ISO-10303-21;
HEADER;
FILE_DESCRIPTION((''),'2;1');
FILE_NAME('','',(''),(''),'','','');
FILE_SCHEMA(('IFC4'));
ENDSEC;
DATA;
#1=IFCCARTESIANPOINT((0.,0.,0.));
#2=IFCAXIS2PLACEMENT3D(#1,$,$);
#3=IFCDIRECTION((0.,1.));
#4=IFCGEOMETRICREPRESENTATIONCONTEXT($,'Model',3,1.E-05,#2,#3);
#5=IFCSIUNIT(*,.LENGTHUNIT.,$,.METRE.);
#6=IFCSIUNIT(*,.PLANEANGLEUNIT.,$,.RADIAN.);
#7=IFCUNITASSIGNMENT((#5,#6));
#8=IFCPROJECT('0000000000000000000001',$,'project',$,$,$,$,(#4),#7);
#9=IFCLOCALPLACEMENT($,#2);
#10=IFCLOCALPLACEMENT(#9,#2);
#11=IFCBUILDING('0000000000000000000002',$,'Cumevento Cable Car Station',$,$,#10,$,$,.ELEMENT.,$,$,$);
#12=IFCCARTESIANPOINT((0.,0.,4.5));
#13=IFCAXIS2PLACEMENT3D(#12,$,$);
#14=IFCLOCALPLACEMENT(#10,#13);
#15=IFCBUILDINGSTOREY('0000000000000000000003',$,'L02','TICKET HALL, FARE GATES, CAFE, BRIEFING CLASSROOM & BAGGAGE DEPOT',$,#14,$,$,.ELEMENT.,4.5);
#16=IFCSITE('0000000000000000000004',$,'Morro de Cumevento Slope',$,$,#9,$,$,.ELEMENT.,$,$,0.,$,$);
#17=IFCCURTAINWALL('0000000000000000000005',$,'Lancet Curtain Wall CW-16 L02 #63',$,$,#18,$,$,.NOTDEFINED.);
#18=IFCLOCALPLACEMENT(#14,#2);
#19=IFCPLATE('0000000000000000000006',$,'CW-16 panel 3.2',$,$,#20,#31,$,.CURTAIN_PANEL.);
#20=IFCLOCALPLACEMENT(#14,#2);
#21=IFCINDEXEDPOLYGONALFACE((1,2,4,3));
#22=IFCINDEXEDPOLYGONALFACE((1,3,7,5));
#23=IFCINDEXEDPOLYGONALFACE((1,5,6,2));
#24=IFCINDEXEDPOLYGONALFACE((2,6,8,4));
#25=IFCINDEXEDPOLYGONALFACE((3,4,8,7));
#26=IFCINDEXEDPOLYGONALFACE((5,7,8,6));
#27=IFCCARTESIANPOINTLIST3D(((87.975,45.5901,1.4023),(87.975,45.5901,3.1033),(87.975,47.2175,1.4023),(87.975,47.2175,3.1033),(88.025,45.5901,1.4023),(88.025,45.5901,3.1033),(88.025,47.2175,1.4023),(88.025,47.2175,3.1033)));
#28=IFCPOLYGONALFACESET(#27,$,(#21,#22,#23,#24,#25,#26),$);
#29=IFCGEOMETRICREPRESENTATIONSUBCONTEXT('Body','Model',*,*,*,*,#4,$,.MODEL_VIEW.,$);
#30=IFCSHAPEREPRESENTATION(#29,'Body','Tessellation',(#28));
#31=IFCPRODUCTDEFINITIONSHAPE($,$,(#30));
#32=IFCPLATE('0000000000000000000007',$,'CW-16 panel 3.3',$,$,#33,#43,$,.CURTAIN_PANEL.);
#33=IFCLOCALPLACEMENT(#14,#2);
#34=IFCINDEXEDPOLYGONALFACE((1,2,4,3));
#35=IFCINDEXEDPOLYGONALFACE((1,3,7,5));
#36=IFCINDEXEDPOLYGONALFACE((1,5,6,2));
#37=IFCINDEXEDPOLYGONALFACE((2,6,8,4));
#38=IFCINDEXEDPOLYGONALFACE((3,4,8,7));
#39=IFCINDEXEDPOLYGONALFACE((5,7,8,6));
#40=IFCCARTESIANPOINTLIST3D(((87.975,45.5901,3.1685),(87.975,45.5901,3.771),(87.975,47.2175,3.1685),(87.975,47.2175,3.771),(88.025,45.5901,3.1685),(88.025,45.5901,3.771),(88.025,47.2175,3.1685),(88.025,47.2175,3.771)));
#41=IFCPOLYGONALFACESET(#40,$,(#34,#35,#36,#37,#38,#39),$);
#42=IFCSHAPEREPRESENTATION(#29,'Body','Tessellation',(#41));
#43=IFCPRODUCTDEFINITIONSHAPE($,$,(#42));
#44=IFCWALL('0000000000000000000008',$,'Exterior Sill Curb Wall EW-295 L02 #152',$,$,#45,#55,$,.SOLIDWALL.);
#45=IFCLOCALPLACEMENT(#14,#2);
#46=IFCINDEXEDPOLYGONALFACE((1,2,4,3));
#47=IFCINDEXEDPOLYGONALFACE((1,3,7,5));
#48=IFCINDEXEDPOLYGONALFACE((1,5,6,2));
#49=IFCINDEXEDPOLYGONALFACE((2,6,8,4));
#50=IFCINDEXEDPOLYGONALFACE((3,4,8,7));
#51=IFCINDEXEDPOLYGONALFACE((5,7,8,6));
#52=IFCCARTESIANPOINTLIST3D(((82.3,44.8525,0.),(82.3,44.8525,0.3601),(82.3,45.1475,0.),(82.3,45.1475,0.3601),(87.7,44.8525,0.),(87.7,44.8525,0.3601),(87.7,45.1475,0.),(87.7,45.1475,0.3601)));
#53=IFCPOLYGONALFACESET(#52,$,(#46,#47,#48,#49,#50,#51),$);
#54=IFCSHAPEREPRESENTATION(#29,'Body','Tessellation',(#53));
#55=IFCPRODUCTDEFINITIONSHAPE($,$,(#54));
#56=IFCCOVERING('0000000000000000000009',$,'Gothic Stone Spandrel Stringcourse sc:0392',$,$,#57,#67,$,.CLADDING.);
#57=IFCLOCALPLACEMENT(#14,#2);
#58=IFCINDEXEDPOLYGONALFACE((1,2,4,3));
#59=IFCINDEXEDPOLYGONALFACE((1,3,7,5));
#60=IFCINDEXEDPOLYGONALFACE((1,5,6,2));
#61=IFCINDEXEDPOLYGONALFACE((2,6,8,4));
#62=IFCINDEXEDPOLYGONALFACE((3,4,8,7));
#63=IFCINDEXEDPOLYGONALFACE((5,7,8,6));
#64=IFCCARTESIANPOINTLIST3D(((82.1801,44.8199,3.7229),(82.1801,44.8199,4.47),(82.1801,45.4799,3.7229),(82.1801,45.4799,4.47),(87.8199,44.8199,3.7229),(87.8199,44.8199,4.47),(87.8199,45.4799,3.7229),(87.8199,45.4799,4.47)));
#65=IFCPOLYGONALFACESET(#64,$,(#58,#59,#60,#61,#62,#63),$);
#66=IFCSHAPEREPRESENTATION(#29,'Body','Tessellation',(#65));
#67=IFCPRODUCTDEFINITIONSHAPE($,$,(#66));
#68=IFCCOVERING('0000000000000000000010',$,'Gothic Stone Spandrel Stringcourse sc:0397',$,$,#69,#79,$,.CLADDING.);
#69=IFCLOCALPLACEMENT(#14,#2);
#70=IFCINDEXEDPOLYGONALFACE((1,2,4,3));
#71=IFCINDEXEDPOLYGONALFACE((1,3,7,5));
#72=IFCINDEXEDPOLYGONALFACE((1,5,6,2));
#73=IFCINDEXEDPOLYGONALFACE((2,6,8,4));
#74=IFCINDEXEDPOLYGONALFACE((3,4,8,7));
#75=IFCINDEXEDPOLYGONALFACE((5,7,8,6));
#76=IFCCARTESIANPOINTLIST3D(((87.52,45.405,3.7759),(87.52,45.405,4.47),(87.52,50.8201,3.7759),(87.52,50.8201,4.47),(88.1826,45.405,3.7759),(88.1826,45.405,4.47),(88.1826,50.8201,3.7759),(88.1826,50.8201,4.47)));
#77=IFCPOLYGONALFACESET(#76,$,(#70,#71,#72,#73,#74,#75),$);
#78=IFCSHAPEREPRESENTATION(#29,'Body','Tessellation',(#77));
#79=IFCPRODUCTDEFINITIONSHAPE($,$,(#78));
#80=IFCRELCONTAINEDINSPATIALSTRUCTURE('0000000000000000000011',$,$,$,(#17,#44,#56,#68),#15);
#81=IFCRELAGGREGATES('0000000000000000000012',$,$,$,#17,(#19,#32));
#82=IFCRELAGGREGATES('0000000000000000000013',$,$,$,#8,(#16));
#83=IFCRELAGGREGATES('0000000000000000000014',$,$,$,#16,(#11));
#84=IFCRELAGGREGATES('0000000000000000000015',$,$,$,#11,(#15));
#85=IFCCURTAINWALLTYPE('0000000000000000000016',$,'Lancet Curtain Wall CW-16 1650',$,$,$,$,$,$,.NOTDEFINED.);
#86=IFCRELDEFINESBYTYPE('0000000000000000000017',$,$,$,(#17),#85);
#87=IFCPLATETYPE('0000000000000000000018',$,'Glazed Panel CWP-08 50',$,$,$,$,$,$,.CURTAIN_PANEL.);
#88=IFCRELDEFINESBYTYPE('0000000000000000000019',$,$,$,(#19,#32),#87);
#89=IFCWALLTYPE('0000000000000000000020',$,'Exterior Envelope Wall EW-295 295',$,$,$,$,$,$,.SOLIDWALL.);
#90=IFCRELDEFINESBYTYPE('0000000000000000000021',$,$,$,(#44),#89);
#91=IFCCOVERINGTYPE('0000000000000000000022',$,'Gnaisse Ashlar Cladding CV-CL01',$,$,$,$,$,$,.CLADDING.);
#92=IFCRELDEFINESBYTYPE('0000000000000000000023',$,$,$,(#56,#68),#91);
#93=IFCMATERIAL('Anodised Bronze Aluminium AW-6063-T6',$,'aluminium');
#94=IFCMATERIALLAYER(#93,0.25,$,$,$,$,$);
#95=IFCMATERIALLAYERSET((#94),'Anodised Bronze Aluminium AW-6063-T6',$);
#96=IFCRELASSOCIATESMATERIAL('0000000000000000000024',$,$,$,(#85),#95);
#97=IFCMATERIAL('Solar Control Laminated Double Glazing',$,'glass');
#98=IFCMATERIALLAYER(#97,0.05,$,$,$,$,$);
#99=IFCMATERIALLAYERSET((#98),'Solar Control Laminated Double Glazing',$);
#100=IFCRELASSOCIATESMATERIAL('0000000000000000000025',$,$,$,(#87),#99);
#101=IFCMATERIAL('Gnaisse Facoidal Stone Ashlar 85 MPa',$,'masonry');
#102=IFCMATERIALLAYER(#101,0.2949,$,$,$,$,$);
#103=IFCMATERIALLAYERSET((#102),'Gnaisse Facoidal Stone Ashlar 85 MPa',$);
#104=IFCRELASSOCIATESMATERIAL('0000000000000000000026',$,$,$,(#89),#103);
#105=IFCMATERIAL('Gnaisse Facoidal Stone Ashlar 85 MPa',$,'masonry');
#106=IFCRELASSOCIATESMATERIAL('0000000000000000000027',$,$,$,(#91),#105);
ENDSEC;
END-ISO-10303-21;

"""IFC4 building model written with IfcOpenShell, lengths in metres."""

from ifc_helpers import new_model, si_unit, direction, frame, frame_2d, origin, origin_2d, place, context, subcontext, project, spatial, rectangle, extrude, material, layer, layer_set, type_object, element, aggregate, save


model = new_model("IFC4")

# Units and contexts
model_context = context("Model", 3, precision=1e-05, world=origin(), true_north=direction((0.0, 1.0)))
body_context = subcontext(model_context, "Body", "Model", "MODEL_VIEW")
ifc_project = project(units=[si_unit("LENGTHUNIT", "METRE"), si_unit("PLANEANGLEUNIT", "RADIAN")], contexts=[model_context])

# Site, building, storey
site_placement = place(None, origin())
site = spatial("IfcSite", under=ifc_project, at=site_placement, Name="Morro de Cumevento Slope", CompositionType="ELEMENT", RefElevation=0.0)
building_placement = place(site_placement, origin())
building = spatial("IfcBuilding", under=site, at=building_placement, Name="Cumevento Cable Car Station", CompositionType="ELEMENT")
storey_placement = place(building_placement, frame((0.0, 0.0, 4.5)))
storey = spatial("IfcBuildingStorey", under=building, at=storey_placement, Name="L02", Description="TICKET HALL, FARE GATES, CAFE, BRIEFING CLASSROOM & BAGGAGE DEPOT", CompositionType="ELEMENT", Elevation=4.5)

# Curtain wall
ifc_material_1 = material(Name="Anodised Bronze Aluminium AW-6063-T6", Category="aluminium")
ifc_layer_1 = layer(ifc_material_1, 0.25)
ifc_layer_set_1 = layer_set([ifc_layer_1], Name="Anodised Bronze Aluminium AW-6063-T6")
curtain_wall_type_1 = type_object("IfcCurtainWallType", Name="Lancet Curtain Wall CW-16 1650", PredefinedType="NOTDEFINED", material=ifc_layer_set_1)
curtain_wall_1_placement = place(storey_placement, origin())
curtain_wall_1 = element("IfcCurtainWall", 1, at=curtain_wall_1_placement, inside=storey, type_object=curtain_wall_type_1, Name="Lancet Curtain Wall CW-16 L02 #63", PredefinedType="NOTDEFINED")

# Plates
ifc_material_2 = material(Name="Solar Control Laminated Double Glazing", Category="glass")
ifc_layer_2 = layer(ifc_material_2, 0.05)
ifc_layer_set_2 = layer_set([ifc_layer_2], Name="Solar Control Laminated Double Glazing")
plate_type_1 = type_object("IfcPlateType", Name="Glazed Panel CWP-08 50", PredefinedType="CURTAIN_PANEL", material=ifc_layer_set_2)
plate_1_placement = place(storey_placement, frame((88.0, 46.4038, 1.4023), z_axis=(0.0, 0.0, 1.0), x_axis=(0.0, -1.0, 0.0)))
plate_1 = element("IfcPlate", 2, at=plate_1_placement, type_object=plate_type_1, Name="CW-16 panel 3.2", PredefinedType="CURTAIN_PANEL", context=body_context, shape_type="SweptSolid", body=[
    extrude(rectangle(XDim=1.6274, YDim=0.05, at=origin_2d()), origin(), (0.0, 0.0, 1.0), 1.7009),
])
plate_2_placement = place(storey_placement, frame((88.0, 46.4038, 3.1685), z_axis=(0.0, 0.0, 1.0), x_axis=(0.0, -1.0, 0.0)))
plate_2 = element("IfcPlate", 3, at=plate_2_placement, type_object=plate_type_1, Name="CW-16 panel 3.3", PredefinedType="CURTAIN_PANEL", context=body_context, shape_type="SweptSolid", body=[
    extrude(rectangle(XDim=1.6274, YDim=0.05, at=origin_2d()), origin(), (0.0, 0.0, 1.0), 0.6025),
])
aggregate(curtain_wall_1, [plate_1, plate_2])

# Wall
ifc_material_3 = material(Name="Gnaisse Facoidal Stone Ashlar 85 MPa", Category="masonry")
ifc_layer_3 = layer(ifc_material_3, 0.2949)
ifc_layer_set_3 = layer_set([ifc_layer_3], Name="Gnaisse Facoidal Stone Ashlar 85 MPa")
wall_type = type_object("IfcWallType", Name="Exterior Envelope Wall EW-295 295", PredefinedType="SOLIDWALL", material=ifc_layer_set_3)
wall_placement = place(storey_placement, frame((87.7, 45.0, 0.0), z_axis=(0.0, 0.0, 1.0), x_axis=(-1.0, 0.0, 0.0)))
element("IfcWall", 4, at=wall_placement, inside=storey, type_object=wall_type, Name="Exterior Sill Curb Wall EW-295 L02 #152", PredefinedType="SOLIDWALL", context=body_context, shape_type="SweptSolid", body=[
    extrude(rectangle(XDim=5.3999, YDim=0.2949, at=frame_2d((2.7, 0.0))), origin(), (0.0, 0.0, 1.0), 0.3601),
])

# Coverings
ifc_material_4 = material(Name="Gnaisse Facoidal Stone Ashlar 85 MPa", Category="masonry")
covering_type = type_object("IfcCoveringType", Name="Gnaisse Ashlar Cladding CV-CL01", PredefinedType="CLADDING", material=ifc_material_4)
covering_1_placement = place(storey_placement, frame((85.0, 45.1499, 3.7229), z_axis=(0.0, 0.0, 1.0), x_axis=(-1.0, 0.0, 0.0)))
element("IfcCovering", 5, at=covering_1_placement, inside=storey, type_object=covering_type, Name="Gothic Stone Spandrel Stringcourse sc:0392", PredefinedType="CLADDING", context=body_context, shape_type="SweptSolid", body=[
    extrude(rectangle(XDim=5.6399, YDim=0.6599, at=origin_2d()), origin(), (0.0, 0.0, 1.0), 0.7471),
])
covering_2_placement = place(storey_placement, frame((87.8513, 48.1125, 3.7759), z_axis=(0.0, 0.0, 1.0), x_axis=(0.0, -1.0, 0.0)))
element("IfcCovering", 6, at=covering_2_placement, inside=storey, type_object=covering_type, Name="Gothic Stone Spandrel Stringcourse sc:0397", PredefinedType="CLADDING", context=body_context, shape_type="SweptSolid", body=[
    extrude(rectangle(XDim=5.415, YDim=0.6626, at=origin_2d()), origin(), (0.0, 0.0, 1.0), 0.6941),
])

save(model, "model.ifc")
